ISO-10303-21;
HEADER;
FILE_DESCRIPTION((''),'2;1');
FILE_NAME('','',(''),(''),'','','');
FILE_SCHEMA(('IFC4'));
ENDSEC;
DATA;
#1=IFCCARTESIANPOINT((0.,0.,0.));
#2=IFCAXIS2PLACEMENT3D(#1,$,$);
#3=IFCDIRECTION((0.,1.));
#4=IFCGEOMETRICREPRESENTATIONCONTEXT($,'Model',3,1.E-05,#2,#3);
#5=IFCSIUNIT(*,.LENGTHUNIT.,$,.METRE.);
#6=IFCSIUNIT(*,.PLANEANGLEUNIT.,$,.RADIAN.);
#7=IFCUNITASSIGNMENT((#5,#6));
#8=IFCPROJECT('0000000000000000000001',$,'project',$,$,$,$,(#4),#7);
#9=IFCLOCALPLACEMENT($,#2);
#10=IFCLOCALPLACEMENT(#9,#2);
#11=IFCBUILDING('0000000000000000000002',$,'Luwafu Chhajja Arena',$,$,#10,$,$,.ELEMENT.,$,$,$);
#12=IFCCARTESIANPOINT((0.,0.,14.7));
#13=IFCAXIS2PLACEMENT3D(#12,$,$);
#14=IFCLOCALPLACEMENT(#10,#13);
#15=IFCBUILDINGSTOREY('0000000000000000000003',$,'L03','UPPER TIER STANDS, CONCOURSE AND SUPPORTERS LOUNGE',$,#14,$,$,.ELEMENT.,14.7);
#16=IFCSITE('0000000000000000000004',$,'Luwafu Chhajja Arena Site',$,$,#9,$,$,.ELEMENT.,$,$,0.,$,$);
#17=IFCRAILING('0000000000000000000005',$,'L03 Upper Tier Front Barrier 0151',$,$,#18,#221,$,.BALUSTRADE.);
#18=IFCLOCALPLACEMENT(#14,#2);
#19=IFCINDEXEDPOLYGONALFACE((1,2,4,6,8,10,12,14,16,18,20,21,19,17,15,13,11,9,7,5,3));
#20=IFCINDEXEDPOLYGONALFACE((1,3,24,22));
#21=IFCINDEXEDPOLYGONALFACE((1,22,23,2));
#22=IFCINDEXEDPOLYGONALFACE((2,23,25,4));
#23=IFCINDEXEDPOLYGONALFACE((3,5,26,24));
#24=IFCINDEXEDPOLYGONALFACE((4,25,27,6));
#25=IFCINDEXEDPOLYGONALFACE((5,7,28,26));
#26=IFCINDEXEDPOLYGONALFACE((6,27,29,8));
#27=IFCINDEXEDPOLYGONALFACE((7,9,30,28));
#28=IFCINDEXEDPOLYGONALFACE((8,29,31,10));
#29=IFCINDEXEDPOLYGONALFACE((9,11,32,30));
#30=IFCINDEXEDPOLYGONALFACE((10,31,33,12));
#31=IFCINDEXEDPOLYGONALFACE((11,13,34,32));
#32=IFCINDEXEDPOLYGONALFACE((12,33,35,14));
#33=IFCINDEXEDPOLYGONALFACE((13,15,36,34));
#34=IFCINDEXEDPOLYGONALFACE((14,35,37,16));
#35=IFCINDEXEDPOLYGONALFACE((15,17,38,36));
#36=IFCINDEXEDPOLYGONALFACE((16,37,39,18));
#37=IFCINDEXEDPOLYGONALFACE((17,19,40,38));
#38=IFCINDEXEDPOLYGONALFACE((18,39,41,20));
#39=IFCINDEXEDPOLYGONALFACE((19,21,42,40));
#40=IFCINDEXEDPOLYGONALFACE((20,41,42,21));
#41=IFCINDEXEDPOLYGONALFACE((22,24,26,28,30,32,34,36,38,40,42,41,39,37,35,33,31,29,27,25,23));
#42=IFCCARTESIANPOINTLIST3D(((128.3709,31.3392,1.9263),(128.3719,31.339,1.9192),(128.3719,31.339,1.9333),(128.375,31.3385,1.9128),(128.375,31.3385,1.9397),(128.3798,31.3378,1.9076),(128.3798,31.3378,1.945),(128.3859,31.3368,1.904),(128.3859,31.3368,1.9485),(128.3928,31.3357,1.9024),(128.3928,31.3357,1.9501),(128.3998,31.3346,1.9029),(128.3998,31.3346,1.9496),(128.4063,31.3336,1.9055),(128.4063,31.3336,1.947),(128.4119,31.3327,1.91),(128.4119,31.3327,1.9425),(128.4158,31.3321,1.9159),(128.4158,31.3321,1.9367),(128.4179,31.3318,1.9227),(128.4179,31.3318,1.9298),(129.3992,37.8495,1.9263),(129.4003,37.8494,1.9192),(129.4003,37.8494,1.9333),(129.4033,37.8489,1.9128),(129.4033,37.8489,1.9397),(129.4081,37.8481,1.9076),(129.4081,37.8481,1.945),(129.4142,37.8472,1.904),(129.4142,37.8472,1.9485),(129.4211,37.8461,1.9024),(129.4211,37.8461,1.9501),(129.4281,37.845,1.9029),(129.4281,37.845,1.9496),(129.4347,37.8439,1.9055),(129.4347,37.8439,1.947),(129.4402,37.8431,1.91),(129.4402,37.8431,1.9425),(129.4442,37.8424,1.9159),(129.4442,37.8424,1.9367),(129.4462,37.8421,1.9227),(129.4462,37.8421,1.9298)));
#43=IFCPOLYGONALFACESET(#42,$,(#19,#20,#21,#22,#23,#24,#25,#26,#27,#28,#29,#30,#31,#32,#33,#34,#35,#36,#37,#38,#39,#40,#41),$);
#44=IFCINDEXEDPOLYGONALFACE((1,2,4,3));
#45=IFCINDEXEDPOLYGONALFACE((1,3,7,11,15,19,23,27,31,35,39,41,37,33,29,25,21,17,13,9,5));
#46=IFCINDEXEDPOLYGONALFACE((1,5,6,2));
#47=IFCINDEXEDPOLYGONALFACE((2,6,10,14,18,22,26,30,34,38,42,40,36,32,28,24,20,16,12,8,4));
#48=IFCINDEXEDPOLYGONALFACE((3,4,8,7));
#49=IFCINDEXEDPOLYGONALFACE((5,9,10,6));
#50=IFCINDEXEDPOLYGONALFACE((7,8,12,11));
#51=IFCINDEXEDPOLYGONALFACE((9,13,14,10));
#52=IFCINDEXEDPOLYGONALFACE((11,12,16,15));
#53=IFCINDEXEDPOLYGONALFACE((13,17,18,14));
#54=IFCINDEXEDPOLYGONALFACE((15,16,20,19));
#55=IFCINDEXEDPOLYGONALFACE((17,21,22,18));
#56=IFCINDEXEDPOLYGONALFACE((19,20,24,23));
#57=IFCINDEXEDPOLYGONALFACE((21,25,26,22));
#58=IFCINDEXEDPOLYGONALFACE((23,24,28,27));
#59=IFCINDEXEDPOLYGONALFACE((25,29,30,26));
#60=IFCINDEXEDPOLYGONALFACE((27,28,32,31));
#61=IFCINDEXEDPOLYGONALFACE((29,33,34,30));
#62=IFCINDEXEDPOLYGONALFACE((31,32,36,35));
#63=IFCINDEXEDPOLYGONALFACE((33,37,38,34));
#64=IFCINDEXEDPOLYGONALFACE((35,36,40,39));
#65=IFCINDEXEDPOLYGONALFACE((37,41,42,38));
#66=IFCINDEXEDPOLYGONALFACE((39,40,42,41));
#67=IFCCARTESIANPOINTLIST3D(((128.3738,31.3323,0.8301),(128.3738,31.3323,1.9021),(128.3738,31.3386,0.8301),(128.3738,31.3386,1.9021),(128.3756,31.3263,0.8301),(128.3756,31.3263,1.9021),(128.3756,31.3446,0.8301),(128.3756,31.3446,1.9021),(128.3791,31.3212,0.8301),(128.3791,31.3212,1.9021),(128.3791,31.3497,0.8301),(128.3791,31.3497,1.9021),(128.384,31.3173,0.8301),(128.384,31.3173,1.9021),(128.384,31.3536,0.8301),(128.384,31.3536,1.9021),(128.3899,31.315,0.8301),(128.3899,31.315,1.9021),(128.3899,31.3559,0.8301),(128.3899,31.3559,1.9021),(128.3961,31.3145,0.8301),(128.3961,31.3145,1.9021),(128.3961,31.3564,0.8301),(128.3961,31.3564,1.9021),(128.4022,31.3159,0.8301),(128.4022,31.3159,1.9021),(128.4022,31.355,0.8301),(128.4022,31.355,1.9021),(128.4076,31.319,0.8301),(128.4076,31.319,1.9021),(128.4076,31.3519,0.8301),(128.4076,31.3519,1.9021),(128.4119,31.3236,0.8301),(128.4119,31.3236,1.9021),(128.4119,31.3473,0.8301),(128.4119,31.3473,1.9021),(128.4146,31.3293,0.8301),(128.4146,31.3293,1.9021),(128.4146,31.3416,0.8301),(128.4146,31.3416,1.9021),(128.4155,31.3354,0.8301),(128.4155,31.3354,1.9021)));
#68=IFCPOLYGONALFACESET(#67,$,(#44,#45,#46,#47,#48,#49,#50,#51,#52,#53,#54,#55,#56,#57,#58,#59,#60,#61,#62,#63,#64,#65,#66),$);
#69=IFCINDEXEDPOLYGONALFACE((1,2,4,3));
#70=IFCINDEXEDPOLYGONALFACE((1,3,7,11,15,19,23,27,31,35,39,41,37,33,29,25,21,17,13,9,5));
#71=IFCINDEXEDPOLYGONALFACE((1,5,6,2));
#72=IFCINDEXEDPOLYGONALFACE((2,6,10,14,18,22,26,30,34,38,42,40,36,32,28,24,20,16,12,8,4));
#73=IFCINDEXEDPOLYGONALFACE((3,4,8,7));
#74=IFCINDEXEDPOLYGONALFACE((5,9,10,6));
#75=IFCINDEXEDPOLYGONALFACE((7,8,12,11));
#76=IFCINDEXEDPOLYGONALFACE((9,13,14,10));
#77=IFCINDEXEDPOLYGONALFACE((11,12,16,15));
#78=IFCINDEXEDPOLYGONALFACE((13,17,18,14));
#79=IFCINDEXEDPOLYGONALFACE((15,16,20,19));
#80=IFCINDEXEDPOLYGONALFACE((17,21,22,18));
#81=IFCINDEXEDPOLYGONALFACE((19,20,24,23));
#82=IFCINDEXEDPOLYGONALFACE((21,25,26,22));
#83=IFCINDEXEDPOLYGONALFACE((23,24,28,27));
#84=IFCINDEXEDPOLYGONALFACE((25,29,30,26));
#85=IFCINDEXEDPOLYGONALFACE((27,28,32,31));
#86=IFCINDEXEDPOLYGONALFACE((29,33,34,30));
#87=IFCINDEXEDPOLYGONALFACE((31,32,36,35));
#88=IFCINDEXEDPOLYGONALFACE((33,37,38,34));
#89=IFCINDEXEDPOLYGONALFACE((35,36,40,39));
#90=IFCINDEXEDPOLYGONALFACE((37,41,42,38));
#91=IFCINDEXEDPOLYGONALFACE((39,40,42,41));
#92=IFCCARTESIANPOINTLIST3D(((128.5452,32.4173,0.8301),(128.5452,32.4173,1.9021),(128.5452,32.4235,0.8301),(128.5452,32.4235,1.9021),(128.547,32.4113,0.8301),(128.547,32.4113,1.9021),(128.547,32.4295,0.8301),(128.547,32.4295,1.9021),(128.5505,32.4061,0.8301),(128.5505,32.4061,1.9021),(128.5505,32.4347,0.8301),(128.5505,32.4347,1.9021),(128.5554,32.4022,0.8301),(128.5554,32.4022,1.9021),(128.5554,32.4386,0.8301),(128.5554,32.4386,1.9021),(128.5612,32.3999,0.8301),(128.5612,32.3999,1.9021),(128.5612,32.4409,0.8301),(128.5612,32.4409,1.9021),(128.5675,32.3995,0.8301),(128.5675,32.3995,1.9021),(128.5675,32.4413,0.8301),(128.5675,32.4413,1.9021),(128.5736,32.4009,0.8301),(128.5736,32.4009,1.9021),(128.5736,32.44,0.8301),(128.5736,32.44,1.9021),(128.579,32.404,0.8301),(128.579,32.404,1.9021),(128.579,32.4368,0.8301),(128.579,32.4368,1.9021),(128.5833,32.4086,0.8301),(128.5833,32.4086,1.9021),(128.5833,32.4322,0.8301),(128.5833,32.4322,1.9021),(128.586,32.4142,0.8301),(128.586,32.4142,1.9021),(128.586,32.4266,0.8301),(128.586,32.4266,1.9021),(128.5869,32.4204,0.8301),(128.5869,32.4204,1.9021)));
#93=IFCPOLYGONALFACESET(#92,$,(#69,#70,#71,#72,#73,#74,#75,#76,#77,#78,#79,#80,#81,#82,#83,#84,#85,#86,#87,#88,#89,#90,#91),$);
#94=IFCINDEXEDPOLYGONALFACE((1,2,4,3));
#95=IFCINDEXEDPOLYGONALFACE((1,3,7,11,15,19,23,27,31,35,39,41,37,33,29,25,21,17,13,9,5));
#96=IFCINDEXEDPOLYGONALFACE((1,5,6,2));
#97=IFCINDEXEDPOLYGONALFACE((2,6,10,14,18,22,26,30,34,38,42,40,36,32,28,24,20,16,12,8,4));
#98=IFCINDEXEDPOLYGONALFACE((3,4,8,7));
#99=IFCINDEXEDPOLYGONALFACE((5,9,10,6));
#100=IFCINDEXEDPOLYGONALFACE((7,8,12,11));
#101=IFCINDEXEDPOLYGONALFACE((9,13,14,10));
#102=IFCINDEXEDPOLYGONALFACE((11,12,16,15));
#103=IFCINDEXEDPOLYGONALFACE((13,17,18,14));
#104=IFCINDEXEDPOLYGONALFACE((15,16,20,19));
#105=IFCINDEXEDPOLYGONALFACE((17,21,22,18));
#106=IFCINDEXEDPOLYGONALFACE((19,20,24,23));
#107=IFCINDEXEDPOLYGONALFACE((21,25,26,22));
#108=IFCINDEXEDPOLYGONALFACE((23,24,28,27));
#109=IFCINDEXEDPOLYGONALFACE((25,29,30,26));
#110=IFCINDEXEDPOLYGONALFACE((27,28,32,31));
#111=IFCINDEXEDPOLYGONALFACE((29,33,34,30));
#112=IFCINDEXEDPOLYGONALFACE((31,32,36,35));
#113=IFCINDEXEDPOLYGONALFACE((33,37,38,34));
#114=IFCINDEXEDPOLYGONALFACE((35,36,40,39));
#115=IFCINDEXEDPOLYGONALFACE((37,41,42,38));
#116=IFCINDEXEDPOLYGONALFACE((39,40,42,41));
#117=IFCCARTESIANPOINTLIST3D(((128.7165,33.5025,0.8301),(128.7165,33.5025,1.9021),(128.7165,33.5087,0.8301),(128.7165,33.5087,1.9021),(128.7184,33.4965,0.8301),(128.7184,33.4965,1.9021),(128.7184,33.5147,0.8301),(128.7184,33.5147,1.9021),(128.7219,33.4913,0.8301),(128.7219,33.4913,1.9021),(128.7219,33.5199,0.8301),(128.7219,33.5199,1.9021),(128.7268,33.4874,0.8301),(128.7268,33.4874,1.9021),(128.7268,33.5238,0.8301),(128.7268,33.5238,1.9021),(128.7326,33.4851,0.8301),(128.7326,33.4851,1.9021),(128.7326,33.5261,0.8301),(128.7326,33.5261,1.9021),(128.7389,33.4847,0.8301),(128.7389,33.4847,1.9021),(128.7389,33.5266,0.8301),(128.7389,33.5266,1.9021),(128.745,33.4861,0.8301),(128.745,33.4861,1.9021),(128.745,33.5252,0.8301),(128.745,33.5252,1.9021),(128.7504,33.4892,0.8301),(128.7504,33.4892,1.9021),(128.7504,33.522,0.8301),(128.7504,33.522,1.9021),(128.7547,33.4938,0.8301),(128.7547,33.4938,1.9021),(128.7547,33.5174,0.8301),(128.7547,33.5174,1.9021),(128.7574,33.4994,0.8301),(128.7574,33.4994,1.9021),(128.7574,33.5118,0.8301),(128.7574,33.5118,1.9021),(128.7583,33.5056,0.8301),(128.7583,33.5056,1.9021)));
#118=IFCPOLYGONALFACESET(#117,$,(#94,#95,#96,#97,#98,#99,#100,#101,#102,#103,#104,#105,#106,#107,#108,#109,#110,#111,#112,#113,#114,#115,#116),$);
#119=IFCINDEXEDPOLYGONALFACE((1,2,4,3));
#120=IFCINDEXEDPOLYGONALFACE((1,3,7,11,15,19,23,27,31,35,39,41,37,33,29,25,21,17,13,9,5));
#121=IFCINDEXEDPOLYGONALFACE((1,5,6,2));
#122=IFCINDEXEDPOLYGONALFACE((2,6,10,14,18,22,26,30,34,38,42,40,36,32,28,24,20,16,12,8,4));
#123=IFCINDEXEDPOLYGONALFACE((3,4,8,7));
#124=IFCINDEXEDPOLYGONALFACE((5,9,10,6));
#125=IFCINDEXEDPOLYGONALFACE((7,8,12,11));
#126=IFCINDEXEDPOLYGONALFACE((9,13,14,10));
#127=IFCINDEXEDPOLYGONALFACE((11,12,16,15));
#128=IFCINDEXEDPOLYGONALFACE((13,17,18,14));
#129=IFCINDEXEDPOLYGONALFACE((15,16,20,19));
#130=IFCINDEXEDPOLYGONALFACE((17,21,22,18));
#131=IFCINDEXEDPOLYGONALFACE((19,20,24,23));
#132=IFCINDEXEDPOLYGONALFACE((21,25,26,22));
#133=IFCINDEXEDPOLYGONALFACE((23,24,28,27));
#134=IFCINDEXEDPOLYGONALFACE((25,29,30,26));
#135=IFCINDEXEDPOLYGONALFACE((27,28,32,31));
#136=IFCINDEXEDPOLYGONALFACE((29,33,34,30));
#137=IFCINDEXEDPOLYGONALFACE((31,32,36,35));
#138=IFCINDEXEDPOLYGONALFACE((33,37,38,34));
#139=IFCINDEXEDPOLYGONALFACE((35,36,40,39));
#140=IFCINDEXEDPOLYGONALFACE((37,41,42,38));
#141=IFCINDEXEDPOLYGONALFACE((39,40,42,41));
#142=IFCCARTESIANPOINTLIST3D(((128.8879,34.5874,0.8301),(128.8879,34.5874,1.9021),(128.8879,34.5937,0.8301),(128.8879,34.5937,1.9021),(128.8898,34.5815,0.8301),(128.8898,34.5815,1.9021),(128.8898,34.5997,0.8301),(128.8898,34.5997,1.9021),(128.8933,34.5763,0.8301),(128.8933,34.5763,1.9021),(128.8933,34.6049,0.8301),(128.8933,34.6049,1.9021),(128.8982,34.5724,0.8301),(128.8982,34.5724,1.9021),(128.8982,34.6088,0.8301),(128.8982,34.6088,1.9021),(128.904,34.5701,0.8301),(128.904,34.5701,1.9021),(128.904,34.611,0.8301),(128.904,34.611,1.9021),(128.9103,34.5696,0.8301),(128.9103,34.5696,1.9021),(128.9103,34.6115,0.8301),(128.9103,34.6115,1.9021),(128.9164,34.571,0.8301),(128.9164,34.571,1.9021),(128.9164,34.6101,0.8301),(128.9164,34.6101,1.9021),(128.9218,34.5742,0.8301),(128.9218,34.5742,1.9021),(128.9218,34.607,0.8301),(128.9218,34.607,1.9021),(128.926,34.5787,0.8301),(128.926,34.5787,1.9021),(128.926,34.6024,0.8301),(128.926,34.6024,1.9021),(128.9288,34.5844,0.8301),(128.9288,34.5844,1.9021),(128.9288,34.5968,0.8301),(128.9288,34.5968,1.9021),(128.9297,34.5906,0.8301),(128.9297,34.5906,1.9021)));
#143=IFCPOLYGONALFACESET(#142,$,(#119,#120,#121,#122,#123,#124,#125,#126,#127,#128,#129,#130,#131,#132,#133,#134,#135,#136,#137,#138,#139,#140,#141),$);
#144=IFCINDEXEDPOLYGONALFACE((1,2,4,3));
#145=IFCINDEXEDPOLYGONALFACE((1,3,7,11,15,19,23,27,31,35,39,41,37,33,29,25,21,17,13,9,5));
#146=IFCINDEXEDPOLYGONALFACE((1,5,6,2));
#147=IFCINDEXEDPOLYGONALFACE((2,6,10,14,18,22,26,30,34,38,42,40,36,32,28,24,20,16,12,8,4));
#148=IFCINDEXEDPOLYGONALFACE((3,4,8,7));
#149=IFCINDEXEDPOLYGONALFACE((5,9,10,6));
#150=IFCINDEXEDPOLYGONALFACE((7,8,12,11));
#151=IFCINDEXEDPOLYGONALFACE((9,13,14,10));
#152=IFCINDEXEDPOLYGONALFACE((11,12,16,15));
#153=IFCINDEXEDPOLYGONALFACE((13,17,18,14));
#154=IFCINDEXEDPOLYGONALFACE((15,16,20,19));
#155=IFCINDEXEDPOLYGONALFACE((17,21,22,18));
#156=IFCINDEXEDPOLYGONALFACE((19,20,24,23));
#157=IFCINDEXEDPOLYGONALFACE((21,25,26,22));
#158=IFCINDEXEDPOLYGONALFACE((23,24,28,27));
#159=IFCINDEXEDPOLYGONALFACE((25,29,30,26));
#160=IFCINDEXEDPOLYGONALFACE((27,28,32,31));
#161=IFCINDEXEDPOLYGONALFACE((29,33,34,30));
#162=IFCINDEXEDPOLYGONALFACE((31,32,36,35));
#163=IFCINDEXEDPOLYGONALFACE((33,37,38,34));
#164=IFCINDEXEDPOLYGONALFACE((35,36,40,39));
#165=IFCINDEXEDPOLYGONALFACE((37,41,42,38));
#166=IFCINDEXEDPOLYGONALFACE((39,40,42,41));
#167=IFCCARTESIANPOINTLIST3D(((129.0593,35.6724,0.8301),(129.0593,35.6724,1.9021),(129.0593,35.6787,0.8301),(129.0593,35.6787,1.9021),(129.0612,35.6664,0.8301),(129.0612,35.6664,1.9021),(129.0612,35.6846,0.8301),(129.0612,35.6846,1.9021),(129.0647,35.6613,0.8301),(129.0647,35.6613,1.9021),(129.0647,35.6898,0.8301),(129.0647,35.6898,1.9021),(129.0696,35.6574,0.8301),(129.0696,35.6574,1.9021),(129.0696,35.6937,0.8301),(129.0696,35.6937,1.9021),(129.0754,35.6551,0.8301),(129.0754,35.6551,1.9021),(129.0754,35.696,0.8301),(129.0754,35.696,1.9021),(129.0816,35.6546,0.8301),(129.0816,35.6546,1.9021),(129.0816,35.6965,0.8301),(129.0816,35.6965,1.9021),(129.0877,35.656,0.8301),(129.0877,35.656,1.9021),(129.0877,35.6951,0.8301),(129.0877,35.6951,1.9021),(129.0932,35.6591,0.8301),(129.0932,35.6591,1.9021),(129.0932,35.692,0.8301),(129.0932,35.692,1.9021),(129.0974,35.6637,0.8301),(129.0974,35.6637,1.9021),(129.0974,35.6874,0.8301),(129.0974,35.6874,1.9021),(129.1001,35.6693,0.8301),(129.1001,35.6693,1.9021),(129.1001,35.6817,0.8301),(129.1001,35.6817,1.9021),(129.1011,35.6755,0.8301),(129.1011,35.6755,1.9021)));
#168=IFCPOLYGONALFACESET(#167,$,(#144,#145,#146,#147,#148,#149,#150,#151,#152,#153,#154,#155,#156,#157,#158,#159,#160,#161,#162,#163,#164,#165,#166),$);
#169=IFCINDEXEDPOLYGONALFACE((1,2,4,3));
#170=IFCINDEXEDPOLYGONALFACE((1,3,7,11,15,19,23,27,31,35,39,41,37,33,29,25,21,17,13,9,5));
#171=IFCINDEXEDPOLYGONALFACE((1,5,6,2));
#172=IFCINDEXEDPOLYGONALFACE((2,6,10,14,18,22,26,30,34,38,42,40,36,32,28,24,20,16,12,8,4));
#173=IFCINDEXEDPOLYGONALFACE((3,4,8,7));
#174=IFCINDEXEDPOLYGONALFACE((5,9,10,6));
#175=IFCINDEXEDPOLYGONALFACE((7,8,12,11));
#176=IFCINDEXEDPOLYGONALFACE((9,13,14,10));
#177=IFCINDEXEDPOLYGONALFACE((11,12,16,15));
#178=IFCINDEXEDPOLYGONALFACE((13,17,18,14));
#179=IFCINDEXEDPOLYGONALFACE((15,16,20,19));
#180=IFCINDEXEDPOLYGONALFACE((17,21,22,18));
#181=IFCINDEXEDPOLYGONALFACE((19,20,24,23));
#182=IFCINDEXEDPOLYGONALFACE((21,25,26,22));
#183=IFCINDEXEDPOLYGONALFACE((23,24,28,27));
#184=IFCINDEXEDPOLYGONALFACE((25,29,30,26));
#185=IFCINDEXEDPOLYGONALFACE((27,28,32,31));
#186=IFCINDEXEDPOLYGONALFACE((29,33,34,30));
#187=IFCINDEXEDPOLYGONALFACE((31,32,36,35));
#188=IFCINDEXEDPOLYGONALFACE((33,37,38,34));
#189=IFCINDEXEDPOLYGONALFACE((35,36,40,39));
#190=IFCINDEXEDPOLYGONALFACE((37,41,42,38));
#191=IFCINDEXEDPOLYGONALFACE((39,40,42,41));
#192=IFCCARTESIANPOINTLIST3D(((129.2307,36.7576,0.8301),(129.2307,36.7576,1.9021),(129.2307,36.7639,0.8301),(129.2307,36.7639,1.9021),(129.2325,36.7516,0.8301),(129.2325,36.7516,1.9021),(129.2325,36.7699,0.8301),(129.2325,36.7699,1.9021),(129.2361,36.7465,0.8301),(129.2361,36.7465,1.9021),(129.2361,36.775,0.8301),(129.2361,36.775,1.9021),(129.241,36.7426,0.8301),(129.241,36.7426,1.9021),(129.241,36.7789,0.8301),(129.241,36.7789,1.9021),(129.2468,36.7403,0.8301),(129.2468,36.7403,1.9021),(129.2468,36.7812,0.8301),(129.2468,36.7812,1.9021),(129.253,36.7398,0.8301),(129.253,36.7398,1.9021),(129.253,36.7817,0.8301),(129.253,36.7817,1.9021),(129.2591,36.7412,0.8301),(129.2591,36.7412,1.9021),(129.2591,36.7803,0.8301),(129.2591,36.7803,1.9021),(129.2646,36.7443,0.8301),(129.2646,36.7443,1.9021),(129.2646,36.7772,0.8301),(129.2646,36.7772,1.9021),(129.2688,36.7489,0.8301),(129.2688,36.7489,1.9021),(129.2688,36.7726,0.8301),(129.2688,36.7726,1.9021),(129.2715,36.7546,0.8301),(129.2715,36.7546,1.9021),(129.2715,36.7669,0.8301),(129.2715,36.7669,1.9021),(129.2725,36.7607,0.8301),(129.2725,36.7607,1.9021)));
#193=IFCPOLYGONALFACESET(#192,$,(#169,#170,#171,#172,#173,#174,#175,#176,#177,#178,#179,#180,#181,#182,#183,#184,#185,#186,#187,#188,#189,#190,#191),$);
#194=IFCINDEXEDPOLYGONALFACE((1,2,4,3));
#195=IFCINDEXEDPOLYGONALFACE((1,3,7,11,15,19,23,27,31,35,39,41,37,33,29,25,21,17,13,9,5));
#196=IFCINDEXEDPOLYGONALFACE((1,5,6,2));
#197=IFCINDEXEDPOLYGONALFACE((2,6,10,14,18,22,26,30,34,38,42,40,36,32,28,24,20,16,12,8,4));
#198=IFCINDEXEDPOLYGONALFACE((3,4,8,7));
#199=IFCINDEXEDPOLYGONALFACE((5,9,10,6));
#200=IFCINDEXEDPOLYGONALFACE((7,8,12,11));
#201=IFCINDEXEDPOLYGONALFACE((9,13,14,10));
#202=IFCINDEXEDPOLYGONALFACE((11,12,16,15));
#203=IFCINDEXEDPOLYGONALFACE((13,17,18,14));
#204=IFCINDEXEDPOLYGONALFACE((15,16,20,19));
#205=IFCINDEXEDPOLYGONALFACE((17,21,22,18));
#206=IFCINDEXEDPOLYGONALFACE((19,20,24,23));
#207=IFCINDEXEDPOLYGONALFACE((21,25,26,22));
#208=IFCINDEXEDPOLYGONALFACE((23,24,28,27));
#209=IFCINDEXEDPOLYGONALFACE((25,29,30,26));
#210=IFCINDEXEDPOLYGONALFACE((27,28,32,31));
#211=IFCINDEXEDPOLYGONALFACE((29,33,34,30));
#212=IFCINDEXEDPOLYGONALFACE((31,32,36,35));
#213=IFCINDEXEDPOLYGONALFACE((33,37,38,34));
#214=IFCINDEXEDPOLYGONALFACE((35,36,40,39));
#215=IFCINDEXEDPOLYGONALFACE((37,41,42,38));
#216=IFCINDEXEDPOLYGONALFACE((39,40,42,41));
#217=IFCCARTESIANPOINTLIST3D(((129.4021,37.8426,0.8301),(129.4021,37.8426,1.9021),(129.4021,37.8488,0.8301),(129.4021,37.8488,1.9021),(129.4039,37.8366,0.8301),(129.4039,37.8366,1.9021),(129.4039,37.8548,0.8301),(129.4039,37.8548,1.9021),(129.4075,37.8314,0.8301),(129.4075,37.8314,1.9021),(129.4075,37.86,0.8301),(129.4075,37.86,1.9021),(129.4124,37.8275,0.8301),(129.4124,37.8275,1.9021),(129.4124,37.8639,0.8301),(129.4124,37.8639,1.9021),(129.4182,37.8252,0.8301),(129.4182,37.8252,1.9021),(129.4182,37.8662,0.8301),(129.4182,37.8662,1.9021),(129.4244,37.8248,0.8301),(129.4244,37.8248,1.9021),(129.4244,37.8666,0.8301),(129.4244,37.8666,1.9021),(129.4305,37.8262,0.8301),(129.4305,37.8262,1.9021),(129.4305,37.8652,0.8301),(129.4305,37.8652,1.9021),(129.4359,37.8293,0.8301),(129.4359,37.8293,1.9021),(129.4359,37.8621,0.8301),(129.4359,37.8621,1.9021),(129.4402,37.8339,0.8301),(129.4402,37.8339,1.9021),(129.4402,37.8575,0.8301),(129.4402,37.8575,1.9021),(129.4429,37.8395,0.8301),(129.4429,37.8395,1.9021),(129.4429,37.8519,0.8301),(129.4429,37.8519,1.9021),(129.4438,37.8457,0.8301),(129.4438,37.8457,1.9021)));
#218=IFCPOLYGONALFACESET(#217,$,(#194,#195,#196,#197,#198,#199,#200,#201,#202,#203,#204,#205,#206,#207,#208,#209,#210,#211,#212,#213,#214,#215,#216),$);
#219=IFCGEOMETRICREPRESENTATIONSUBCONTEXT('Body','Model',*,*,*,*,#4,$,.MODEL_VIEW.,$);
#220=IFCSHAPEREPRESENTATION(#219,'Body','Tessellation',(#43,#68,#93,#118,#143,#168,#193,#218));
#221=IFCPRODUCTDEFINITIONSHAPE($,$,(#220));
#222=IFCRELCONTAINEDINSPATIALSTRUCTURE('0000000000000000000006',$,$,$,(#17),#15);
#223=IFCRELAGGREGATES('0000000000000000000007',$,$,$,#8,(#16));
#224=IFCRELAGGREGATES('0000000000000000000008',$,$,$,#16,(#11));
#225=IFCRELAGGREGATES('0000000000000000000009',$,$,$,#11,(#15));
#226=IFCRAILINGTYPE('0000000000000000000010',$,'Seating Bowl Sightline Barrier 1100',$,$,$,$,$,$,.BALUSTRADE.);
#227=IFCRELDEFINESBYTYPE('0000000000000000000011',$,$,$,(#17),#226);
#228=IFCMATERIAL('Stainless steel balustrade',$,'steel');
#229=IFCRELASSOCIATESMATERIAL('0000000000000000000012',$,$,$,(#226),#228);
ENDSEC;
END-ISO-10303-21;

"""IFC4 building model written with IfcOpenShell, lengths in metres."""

from ifc_helpers import new_model, si_unit, direction, frame, origin, origin_2d, place, context, subcontext, project, spatial, circle, extrude, material, type_object, element, save


model = new_model("IFC4")

# Units and contexts
model_context = context("Model", 3, precision=1e-05, world=origin(), true_north=direction((0.0, 1.0)))
body_context = subcontext(model_context, "Body", "Model", "MODEL_VIEW")
ifc_project = project(units=[si_unit("LENGTHUNIT", "METRE"), si_unit("PLANEANGLEUNIT", "RADIAN")], contexts=[model_context])

# Site, building, storey
site_placement = place(None, origin())
site = spatial("IfcSite", under=ifc_project, at=site_placement, Name="Luwafu Chhajja Arena Site", CompositionType="ELEMENT", RefElevation=0.0)
building_placement = place(site_placement, origin())
building = spatial("IfcBuilding", under=site, at=building_placement, Name="Luwafu Chhajja Arena", CompositionType="ELEMENT")
storey_placement = place(building_placement, frame((0.0, 0.0, 14.7)))
storey = spatial("IfcBuildingStorey", under=building, at=storey_placement, Name="L03", Description="UPPER TIER STANDS, CONCOURSE AND SUPPORTERS LOUNGE", CompositionType="ELEMENT", Elevation=14.7)

# Railing
ifc_material_1 = material(Name="Stainless steel balustrade", Category="steel")
railing_type = type_object("IfcRailingType", Name="Seating Bowl Sightline Barrier 1100", PredefinedType="BALUSTRADE", material=ifc_material_1)
railing_1_placement = place(storey_placement, frame((128.3945, 31.3354, 0.8301)))
element("IfcRailing", 1, at=railing_1_placement, inside=storey, type_object=railing_type, Name="L03 Upper Tier Front Barrier 0151", PredefinedType="BALUSTRADE", context=body_context, shape_type="SweptSolid", body=[
    extrude(circle(Radius=0.0239, at=origin_2d()), frame((0.0, 0.0, 1.0962), z_axis=(0.15602, 0.987754, 0.0), x_axis=(-0.987754, 0.15602, 0.0)), (0.0, 0.0, 1.0), 6.5911),
    extrude(circle(Radius=0.021, at=origin_2d()), origin(), (0.0, 0.0, 1.0), 1.072),
    extrude(circle(Radius=0.021, at=origin_2d()), frame((0.1714, 1.085, 0.0)), (0.0, 0.0, 1.0), 1.072),
    extrude(circle(Radius=0.021, at=origin_2d()), frame((0.3428, 2.1702, 0.0)), (0.0, 0.0, 1.0), 1.072),
    extrude(circle(Radius=0.021, at=origin_2d()), frame((0.5142, 3.2551, 0.0)), (0.0, 0.0, 1.0), 1.072),
    extrude(circle(Radius=0.021, at=origin_2d()), frame((0.6855, 4.3401, 0.0)), (0.0, 0.0, 1.0), 1.072),
    extrude(circle(Radius=0.021, at=origin_2d()), frame((0.8569, 5.4253, 0.0)), (0.0, 0.0, 1.0), 1.072),
    extrude(circle(Radius=0.021, at=origin_2d()), frame((1.0283, 6.5103, 0.0)), (0.0, 0.0, 1.0), 1.072),
])

save(model, "model.ifc")
